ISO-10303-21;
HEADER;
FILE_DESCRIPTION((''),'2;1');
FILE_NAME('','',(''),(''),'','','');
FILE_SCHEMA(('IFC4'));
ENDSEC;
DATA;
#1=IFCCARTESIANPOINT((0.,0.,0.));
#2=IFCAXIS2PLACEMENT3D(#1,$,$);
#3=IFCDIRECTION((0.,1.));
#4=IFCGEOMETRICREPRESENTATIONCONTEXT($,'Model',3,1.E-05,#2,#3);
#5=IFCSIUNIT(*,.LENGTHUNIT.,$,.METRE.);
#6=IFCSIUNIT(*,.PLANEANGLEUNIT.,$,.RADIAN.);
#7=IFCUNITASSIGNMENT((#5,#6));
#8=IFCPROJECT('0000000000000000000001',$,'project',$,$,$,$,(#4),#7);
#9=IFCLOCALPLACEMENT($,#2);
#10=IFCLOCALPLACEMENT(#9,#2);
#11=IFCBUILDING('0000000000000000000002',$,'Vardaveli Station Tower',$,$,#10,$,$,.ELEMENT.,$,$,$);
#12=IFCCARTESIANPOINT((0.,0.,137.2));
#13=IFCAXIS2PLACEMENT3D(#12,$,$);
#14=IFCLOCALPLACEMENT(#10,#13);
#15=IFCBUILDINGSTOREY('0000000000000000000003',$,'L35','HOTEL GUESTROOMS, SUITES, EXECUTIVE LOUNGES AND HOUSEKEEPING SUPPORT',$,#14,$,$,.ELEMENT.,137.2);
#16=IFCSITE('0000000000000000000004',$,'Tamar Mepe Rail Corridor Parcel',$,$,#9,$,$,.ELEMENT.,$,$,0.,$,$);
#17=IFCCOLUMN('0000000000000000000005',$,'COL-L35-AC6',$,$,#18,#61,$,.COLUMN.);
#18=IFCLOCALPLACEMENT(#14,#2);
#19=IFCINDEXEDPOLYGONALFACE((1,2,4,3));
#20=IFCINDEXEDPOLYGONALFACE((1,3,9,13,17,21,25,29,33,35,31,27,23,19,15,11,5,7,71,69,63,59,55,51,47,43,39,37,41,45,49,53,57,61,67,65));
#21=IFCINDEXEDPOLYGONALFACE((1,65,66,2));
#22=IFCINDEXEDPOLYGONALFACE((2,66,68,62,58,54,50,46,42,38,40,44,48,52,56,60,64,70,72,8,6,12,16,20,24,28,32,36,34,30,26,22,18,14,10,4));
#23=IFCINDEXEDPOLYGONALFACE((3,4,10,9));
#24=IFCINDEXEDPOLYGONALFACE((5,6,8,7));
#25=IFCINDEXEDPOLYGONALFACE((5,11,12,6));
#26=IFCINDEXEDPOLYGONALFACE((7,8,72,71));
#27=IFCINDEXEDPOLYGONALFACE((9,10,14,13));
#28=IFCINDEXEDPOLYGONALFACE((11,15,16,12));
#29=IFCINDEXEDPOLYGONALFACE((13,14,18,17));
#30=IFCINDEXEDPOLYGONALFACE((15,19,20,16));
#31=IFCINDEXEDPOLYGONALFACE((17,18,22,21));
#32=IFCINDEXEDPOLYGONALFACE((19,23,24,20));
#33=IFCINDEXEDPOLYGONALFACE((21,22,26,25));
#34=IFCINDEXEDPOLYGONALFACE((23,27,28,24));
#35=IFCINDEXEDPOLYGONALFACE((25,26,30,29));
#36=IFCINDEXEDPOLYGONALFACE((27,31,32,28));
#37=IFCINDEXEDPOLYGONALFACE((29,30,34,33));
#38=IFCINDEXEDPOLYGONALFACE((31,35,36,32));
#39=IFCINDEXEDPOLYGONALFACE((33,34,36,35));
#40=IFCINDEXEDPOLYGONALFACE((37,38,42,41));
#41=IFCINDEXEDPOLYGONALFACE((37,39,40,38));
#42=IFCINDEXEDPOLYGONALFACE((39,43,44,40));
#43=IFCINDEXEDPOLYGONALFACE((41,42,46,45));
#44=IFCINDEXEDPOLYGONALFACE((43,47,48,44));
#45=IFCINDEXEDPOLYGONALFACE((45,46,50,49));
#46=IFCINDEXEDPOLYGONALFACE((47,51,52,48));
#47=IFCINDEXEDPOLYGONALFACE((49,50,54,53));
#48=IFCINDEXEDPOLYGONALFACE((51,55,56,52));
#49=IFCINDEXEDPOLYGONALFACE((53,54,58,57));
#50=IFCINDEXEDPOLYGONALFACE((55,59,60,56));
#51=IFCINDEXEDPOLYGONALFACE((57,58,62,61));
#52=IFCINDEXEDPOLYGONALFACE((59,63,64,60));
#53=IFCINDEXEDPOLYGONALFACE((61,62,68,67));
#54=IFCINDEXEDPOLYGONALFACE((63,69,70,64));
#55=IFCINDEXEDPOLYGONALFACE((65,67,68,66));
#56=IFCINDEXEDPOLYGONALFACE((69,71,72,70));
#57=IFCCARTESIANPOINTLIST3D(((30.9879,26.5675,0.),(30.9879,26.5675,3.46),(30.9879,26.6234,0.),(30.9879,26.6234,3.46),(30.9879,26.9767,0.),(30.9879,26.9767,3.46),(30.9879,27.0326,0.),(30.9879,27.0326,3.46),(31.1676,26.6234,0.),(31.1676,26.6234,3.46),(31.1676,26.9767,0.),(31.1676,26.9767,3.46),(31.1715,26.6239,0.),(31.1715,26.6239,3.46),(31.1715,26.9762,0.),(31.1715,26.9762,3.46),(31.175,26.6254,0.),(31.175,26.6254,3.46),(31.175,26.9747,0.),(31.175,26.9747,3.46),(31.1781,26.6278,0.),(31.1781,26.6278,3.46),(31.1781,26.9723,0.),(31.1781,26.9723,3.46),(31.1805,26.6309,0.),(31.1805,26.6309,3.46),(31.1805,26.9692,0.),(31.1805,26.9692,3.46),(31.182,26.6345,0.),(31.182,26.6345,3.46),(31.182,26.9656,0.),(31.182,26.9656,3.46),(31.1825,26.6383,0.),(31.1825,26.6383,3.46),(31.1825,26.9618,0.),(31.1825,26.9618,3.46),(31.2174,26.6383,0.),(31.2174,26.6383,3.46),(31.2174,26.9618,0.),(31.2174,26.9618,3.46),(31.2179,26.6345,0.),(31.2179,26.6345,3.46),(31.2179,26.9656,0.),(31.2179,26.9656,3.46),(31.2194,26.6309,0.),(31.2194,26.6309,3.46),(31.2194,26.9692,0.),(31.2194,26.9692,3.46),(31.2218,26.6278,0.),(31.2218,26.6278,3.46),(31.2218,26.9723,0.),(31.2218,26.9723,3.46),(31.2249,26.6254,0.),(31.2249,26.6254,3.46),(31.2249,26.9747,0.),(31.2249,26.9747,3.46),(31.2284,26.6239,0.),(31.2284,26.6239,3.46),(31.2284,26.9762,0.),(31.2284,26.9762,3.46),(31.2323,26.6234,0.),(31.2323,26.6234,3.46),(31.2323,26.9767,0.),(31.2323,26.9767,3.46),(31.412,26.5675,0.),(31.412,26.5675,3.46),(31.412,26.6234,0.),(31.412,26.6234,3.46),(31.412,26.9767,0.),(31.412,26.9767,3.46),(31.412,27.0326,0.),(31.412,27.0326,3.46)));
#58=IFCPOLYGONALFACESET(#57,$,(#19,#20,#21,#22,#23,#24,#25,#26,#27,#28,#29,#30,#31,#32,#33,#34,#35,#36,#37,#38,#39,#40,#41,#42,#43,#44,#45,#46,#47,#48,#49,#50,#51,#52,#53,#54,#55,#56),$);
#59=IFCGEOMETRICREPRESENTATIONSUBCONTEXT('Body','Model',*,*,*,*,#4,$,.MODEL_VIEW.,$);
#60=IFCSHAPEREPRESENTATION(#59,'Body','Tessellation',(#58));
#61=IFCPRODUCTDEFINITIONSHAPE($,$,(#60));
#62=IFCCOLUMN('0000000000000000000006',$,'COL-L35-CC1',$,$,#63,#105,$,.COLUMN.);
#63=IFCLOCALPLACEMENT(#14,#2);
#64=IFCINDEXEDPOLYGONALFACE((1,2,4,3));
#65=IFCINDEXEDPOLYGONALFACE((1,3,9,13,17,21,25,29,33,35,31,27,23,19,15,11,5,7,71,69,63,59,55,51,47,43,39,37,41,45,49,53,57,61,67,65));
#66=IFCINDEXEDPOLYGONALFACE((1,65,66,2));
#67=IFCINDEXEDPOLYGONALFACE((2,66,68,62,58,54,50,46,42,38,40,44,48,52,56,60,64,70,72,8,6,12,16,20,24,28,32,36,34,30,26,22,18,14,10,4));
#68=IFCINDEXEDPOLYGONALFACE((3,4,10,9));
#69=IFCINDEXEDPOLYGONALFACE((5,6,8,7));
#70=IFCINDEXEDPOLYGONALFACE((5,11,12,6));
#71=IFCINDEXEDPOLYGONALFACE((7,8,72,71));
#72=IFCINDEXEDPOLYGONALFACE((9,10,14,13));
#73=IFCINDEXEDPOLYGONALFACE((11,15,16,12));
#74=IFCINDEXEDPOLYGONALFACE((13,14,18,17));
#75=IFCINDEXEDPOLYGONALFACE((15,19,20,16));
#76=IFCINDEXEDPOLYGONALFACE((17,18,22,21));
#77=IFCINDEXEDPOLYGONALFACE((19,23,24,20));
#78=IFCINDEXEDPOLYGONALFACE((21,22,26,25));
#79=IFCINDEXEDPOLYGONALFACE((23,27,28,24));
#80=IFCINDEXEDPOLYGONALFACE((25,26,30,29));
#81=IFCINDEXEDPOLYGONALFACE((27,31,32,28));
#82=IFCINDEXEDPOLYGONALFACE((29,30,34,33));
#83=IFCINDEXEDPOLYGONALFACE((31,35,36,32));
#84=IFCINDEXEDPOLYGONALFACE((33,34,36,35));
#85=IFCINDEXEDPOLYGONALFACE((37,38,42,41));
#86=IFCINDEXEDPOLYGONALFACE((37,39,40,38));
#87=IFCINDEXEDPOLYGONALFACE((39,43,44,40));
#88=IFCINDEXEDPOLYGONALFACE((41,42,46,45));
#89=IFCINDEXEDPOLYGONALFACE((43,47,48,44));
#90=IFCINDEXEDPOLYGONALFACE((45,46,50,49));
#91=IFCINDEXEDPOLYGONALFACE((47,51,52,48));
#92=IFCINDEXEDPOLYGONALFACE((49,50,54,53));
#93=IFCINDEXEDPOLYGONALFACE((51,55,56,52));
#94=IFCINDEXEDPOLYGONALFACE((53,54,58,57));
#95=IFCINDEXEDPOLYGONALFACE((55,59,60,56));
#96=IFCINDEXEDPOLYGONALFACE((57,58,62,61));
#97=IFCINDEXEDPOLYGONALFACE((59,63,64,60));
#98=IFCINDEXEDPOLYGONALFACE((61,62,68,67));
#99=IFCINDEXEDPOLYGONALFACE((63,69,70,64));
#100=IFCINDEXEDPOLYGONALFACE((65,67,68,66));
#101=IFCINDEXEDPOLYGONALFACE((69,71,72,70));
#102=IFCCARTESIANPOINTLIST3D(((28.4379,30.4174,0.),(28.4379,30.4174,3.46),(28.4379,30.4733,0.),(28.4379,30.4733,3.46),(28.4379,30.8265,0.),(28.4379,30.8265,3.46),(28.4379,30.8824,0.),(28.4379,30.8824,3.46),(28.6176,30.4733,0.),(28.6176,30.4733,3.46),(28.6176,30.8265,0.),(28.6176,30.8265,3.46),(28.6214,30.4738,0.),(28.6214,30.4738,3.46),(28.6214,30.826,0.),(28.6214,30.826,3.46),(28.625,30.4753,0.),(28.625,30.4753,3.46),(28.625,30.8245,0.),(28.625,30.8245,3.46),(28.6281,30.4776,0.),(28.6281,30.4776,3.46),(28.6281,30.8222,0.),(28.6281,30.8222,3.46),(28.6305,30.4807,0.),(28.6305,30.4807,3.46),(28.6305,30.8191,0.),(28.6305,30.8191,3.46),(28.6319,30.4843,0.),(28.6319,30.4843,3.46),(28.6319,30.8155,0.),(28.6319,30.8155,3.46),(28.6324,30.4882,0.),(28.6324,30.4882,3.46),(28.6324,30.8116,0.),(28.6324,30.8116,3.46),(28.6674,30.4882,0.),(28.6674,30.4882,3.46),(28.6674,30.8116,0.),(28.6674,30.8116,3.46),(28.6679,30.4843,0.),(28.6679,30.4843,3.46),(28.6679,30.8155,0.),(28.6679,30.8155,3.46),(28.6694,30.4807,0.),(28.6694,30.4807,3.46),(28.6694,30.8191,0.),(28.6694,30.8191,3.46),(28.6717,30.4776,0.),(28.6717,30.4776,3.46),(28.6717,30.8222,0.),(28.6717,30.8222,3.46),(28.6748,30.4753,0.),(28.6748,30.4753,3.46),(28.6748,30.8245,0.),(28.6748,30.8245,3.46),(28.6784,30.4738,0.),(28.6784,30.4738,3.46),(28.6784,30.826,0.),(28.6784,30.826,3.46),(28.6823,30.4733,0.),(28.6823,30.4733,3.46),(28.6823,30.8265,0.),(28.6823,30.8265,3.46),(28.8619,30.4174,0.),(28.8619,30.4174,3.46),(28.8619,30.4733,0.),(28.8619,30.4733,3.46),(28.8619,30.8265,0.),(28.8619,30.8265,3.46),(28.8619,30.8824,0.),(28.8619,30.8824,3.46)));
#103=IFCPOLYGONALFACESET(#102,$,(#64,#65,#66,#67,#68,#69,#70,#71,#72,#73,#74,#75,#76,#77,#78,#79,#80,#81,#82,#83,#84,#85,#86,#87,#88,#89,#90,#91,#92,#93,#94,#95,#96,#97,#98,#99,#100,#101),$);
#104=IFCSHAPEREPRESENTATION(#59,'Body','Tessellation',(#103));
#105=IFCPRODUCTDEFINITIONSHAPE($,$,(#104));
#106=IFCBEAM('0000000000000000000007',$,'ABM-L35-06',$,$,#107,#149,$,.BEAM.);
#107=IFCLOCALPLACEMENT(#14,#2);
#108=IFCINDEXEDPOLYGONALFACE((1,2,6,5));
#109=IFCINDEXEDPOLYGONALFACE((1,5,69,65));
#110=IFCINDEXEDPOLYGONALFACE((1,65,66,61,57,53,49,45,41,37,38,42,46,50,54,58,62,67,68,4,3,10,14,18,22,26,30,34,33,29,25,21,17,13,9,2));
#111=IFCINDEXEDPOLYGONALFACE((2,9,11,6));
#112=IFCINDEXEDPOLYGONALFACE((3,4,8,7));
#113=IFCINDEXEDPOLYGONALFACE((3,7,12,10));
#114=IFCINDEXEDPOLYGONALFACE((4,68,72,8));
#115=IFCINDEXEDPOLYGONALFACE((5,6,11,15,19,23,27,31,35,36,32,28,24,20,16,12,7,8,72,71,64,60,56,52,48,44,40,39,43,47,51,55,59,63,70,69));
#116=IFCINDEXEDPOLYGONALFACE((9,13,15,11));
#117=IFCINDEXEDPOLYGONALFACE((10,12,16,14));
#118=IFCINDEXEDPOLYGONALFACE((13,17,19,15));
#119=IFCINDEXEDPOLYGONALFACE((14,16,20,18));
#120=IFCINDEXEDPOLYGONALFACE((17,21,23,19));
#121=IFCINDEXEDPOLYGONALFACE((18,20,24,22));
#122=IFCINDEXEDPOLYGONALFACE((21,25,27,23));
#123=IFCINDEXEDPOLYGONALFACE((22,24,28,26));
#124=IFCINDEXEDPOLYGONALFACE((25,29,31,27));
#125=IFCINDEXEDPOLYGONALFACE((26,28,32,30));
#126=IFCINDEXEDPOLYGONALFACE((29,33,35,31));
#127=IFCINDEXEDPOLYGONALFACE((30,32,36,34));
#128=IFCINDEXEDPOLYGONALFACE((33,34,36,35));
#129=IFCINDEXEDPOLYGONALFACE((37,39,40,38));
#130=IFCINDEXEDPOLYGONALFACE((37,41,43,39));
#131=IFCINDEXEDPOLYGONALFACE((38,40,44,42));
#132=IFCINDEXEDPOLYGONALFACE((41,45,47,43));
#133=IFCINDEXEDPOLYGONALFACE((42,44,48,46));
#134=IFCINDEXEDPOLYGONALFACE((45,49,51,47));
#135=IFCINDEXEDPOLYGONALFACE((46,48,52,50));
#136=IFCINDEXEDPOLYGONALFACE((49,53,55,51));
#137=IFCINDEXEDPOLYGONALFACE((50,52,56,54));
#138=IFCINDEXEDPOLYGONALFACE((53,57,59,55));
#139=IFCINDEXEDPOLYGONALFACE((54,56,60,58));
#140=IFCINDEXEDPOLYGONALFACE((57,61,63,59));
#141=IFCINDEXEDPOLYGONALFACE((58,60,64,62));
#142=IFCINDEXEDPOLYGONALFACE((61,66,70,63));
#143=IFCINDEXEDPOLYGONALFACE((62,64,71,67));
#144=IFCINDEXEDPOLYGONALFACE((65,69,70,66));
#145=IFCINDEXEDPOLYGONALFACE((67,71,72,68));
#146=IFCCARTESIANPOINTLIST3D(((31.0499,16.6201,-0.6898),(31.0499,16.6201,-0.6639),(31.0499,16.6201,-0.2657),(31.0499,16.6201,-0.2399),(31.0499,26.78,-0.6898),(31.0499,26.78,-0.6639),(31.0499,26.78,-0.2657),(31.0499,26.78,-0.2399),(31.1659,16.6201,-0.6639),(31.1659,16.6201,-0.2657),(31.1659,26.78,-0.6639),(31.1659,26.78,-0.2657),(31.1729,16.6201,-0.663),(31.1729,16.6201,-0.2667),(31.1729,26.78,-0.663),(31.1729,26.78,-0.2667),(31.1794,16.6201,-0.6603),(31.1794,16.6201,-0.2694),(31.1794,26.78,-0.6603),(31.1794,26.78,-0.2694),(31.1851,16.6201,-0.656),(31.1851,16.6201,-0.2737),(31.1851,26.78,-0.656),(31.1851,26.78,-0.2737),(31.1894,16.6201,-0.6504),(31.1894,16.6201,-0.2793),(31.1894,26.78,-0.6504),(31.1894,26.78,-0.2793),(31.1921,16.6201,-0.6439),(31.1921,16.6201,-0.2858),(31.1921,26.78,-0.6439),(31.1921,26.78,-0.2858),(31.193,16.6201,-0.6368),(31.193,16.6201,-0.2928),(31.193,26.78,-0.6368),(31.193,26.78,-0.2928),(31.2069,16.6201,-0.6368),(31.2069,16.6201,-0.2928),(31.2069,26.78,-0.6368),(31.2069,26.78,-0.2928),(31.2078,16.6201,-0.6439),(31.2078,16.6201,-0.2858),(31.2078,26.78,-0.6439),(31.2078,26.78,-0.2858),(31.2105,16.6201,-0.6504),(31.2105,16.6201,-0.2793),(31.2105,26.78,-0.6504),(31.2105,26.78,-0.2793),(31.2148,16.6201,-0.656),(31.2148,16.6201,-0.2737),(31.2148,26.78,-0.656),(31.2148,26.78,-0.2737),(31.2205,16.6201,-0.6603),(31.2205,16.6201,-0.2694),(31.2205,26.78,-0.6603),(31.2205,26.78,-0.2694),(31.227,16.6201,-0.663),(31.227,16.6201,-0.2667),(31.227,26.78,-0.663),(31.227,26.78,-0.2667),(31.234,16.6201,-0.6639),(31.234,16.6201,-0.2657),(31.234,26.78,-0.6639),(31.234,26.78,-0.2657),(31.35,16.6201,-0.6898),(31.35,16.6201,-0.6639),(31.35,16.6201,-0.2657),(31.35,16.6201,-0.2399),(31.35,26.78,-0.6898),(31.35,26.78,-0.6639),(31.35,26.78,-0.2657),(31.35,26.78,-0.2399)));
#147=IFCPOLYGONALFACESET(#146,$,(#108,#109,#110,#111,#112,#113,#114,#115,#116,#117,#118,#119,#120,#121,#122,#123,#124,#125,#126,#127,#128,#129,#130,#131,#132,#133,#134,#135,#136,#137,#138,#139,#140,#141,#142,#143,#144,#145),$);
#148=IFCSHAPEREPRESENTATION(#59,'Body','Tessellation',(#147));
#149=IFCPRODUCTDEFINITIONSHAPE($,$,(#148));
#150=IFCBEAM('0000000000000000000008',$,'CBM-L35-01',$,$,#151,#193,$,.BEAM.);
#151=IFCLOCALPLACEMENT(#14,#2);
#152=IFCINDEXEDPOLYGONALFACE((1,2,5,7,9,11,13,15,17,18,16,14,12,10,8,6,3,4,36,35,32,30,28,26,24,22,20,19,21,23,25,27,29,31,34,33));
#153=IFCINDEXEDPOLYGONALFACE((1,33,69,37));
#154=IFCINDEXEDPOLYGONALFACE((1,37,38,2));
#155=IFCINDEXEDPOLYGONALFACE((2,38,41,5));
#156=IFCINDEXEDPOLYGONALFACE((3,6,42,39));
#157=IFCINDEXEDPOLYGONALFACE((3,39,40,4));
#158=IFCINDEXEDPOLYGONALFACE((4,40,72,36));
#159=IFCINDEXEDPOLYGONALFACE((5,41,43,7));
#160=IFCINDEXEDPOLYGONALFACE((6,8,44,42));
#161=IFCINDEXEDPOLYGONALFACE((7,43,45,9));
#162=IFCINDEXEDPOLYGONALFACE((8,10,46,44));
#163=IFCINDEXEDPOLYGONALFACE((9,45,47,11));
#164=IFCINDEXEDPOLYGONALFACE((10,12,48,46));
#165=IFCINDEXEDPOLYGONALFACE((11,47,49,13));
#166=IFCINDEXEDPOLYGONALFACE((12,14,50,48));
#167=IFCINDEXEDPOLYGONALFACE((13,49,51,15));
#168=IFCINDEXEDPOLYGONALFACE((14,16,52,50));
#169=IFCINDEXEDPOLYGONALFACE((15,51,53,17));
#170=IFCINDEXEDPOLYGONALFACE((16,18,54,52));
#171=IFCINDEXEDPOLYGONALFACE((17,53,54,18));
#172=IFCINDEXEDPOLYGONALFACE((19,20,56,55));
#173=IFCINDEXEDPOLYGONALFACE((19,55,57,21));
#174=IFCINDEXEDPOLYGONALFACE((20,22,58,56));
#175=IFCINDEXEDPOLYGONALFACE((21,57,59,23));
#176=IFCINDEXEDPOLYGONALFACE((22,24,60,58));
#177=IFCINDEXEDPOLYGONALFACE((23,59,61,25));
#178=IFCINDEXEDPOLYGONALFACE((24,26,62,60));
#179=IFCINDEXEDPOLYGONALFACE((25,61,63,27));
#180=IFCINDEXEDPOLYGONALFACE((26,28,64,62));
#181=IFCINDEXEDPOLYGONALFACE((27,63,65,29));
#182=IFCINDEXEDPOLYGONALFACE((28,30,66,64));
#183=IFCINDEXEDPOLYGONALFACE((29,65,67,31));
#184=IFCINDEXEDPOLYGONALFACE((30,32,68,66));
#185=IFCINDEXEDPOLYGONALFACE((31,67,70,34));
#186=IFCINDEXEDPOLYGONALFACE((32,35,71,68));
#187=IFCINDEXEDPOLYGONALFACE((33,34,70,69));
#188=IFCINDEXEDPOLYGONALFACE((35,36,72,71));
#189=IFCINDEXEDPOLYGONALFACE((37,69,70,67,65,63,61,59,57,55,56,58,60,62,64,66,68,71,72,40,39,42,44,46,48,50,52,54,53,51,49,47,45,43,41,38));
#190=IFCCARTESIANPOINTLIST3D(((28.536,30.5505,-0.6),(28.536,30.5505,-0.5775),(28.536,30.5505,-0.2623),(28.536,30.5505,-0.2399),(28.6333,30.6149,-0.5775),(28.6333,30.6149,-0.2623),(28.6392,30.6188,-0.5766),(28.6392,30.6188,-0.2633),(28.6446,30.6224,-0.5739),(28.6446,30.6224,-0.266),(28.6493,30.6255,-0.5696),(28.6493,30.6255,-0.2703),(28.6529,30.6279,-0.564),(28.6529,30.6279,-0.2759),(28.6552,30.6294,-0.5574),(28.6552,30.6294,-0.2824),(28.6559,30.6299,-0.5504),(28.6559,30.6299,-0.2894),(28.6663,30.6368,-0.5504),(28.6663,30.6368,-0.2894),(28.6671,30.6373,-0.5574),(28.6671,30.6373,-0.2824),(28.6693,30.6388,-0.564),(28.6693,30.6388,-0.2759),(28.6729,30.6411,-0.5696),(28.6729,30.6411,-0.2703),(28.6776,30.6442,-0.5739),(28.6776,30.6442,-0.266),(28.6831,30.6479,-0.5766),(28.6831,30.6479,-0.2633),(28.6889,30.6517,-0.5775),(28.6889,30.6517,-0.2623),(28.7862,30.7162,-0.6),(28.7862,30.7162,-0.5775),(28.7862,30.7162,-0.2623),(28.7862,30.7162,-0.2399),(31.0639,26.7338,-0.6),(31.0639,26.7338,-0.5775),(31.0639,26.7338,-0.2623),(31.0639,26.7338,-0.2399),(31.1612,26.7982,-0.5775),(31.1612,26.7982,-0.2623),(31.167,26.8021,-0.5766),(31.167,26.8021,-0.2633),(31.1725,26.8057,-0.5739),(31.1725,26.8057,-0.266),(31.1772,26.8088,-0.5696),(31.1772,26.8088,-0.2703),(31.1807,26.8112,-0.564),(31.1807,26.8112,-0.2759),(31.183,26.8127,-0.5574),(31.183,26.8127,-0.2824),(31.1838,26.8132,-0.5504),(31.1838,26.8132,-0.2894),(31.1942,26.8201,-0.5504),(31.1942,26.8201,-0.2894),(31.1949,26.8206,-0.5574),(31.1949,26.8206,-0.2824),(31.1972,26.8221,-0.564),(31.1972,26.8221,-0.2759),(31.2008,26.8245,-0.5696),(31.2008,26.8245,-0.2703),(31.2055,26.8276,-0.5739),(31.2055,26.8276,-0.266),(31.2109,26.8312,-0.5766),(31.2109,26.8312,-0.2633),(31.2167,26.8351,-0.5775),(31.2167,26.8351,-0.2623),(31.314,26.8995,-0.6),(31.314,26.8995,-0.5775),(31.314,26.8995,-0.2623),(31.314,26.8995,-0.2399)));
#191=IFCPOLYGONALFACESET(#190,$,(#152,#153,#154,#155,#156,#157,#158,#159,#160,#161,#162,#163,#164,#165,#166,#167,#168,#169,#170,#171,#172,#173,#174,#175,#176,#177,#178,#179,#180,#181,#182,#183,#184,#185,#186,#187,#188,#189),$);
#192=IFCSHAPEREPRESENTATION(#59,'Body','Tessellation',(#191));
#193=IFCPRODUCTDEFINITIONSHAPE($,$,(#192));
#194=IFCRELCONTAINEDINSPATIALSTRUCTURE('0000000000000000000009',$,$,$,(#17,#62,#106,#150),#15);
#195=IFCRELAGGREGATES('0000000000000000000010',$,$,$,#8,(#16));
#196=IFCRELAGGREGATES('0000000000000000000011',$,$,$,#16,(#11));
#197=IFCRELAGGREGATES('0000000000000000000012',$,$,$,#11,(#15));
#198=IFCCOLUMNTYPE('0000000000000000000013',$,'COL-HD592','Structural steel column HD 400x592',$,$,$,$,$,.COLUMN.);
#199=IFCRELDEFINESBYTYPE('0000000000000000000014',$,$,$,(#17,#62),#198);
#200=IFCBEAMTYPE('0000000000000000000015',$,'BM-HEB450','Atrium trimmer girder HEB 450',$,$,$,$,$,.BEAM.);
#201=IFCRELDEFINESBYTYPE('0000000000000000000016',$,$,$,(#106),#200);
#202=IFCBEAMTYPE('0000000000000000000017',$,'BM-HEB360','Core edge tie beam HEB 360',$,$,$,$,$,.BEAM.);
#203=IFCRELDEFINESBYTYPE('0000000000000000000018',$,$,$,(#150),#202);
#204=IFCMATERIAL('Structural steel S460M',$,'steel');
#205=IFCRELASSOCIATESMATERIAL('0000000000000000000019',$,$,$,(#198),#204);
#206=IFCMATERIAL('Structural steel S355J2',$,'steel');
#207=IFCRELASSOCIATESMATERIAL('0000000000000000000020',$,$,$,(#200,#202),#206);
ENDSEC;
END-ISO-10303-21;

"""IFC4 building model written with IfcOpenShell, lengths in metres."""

from ifc_helpers import new_model, si_unit, direction, frame, origin, origin_2d, place, context, subcontext, project, spatial, i_section, extrude, source, transform, mapped, material, material_profile, profile_set, type_object, element, save


model = new_model("IFC4")

# Units and contexts
model_context = context("Model", 3, precision=1e-05, world=origin(), true_north=direction((0.0, 1.0)))
body_context = subcontext(model_context, "Body", "Model", "MODEL_VIEW")
ifc_project = project(units=[si_unit("LENGTHUNIT", "METRE"), si_unit("PLANEANGLEUNIT", "RADIAN")], contexts=[model_context])

# Site, building, storey
site_placement = place(None, origin())
site = spatial("IfcSite", under=ifc_project, at=site_placement, Name="Tamar Mepe Rail Corridor Parcel", CompositionType="ELEMENT", RefElevation=0.0)
building_placement = place(site_placement, origin())
building = spatial("IfcBuilding", under=site, at=building_placement, Name="Vardaveli Station Tower", CompositionType="ELEMENT")
storey_placement = place(building_placement, frame((0.0, 0.0, 137.2)))
storey = spatial("IfcBuildingStorey", under=building, at=storey_placement, Name="L35", Description="HOTEL GUESTROOMS, SUITES, EXECUTIVE LOUNGES AND HOUSEKEEPING SUPPORT", CompositionType="ELEMENT", Elevation=137.2)

# Columns
ifc_material_1 = material(Name="Structural steel S460M", Category="steel")
ifc_material_profile_1 = material_profile(ifc_material_1, i_section(OverallWidth=0.4241, OverallDepth=0.4651, WebThickness=0.0349, FlangeThickness=0.0559, FilletRadius=0.0149, at=origin_2d()), Name="HD 400x592")
ifc_profile_set_1 = profile_set([ifc_material_profile_1], Name="Structural steel S460M")
column_type = type_object("IfcColumnType", Name="COL-HD592", Description="Structural steel column HD 400x592", PredefinedType="COLUMN", material=ifc_profile_set_1)
shared_shape_1 = source(origin(), body_context, "Body", "SweptSolid", [
    extrude(i_section(OverallWidth=0.4241, OverallDepth=0.4651, WebThickness=0.0349, FlangeThickness=0.0559, FilletRadius=0.0149, at=origin_2d()), origin(), (0.0, 0.0, 1.0), 3.46),
])
for number, where, z_axis, x_axis, name in (
    (1, (31.2, 26.8, 0.0), (0.0, 0.0, 1.0), (1.0, 0.0, 0.0), "COL-L35-AC6"),
    (2, (28.6499, 30.6499, 0.0), (0.0, 0.0, 1.0), (1.0, 0.0, 0.0), "COL-L35-CC1"),
):
    element("IfcColumn", number, at=place(storey_placement, frame(where, z_axis=z_axis, x_axis=x_axis)), inside=storey, type_object=column_type, Name=name, PredefinedType="COLUMN", context=body_context, shape_type="MappedRepresentation", body=[
        mapped(shared_shape_1, transform((0.0, 0.0, 0.0), scale=1.0)),
    ])

# Beams
ifc_material_2 = material(Name="Structural steel S355J2", Category="steel")
ifc_material_profile_2 = material_profile(ifc_material_2, i_section(OverallWidth=0.3, OverallDepth=0.45, WebThickness=0.0139, FlangeThickness=0.0259, FilletRadius=0.0271, at=origin_2d()), Name="HEB 450")
ifc_profile_set_2 = profile_set([ifc_material_profile_2], Name="Structural steel S355J2")
beam_type_1 = type_object("IfcBeamType", Name="BM-HEB450", Description="Atrium trimmer girder HEB 450", PredefinedType="BEAM", material=ifc_profile_set_2)
shared_shape_2 = source(origin(), body_context, "Body", "SweptSolid", [
    extrude(i_section(OverallWidth=0.3, OverallDepth=0.45, WebThickness=0.0139, FlangeThickness=0.0259, FilletRadius=0.0271, at=origin_2d()), origin(), (0.0, 0.0, 1.0), 10.1599),
])
beam_1_placement = place(storey_placement, frame((31.2, 26.78, -0.4648), z_axis=(0.0, -1.0, 0.0), x_axis=(1.0, 0.0, 0.0)))
element("IfcBeam", 3, at=beam_1_placement, inside=storey, type_object=beam_type_1, Name="ABM-L35-06", PredefinedType="BEAM", context=body_context, shape_type="MappedRepresentation", body=[
    mapped(shared_shape_2, transform((0.0, 0.0, 0.0), scale=1.0)),
])
ifc_material_profile_3 = material_profile(ifc_material_2, i_section(OverallWidth=0.3, OverallDepth=0.3601, WebThickness=0.0125, FlangeThickness=0.0225, FilletRadius=0.0271, at=origin_2d()), Name="HEB 360")
ifc_profile_set_3 = profile_set([ifc_material_profile_3], Name="Structural steel S355J2")
beam_type_2 = type_object("IfcBeamType", Name="BM-HEB360", Description="Core edge tie beam HEB 360", PredefinedType="BEAM", material=ifc_profile_set_3)
shared_shape_3 = source(origin(), body_context, "Body", "SweptSolid", [
    extrude(i_section(OverallWidth=0.3, OverallDepth=0.3601, WebThickness=0.0125, FlangeThickness=0.0225, FilletRadius=0.0271, at=origin_2d()), origin(), (0.0, 0.0, 1.0), 4.5779),
])
beam_2_placement = place(storey_placement, frame((31.189, 26.8167, -0.4199), z_axis=(-0.552187, 0.83372, 0.0), x_axis=(-0.83372, -0.552187, 0.0)))
element("IfcBeam", 4, at=beam_2_placement, inside=storey, type_object=beam_type_2, Name="CBM-L35-01", PredefinedType="BEAM", context=body_context, shape_type="MappedRepresentation", body=[
    mapped(shared_shape_3, transform((0.0, 0.0, 0.0), scale=1.0)),
])

save(model, "model.ifc")
